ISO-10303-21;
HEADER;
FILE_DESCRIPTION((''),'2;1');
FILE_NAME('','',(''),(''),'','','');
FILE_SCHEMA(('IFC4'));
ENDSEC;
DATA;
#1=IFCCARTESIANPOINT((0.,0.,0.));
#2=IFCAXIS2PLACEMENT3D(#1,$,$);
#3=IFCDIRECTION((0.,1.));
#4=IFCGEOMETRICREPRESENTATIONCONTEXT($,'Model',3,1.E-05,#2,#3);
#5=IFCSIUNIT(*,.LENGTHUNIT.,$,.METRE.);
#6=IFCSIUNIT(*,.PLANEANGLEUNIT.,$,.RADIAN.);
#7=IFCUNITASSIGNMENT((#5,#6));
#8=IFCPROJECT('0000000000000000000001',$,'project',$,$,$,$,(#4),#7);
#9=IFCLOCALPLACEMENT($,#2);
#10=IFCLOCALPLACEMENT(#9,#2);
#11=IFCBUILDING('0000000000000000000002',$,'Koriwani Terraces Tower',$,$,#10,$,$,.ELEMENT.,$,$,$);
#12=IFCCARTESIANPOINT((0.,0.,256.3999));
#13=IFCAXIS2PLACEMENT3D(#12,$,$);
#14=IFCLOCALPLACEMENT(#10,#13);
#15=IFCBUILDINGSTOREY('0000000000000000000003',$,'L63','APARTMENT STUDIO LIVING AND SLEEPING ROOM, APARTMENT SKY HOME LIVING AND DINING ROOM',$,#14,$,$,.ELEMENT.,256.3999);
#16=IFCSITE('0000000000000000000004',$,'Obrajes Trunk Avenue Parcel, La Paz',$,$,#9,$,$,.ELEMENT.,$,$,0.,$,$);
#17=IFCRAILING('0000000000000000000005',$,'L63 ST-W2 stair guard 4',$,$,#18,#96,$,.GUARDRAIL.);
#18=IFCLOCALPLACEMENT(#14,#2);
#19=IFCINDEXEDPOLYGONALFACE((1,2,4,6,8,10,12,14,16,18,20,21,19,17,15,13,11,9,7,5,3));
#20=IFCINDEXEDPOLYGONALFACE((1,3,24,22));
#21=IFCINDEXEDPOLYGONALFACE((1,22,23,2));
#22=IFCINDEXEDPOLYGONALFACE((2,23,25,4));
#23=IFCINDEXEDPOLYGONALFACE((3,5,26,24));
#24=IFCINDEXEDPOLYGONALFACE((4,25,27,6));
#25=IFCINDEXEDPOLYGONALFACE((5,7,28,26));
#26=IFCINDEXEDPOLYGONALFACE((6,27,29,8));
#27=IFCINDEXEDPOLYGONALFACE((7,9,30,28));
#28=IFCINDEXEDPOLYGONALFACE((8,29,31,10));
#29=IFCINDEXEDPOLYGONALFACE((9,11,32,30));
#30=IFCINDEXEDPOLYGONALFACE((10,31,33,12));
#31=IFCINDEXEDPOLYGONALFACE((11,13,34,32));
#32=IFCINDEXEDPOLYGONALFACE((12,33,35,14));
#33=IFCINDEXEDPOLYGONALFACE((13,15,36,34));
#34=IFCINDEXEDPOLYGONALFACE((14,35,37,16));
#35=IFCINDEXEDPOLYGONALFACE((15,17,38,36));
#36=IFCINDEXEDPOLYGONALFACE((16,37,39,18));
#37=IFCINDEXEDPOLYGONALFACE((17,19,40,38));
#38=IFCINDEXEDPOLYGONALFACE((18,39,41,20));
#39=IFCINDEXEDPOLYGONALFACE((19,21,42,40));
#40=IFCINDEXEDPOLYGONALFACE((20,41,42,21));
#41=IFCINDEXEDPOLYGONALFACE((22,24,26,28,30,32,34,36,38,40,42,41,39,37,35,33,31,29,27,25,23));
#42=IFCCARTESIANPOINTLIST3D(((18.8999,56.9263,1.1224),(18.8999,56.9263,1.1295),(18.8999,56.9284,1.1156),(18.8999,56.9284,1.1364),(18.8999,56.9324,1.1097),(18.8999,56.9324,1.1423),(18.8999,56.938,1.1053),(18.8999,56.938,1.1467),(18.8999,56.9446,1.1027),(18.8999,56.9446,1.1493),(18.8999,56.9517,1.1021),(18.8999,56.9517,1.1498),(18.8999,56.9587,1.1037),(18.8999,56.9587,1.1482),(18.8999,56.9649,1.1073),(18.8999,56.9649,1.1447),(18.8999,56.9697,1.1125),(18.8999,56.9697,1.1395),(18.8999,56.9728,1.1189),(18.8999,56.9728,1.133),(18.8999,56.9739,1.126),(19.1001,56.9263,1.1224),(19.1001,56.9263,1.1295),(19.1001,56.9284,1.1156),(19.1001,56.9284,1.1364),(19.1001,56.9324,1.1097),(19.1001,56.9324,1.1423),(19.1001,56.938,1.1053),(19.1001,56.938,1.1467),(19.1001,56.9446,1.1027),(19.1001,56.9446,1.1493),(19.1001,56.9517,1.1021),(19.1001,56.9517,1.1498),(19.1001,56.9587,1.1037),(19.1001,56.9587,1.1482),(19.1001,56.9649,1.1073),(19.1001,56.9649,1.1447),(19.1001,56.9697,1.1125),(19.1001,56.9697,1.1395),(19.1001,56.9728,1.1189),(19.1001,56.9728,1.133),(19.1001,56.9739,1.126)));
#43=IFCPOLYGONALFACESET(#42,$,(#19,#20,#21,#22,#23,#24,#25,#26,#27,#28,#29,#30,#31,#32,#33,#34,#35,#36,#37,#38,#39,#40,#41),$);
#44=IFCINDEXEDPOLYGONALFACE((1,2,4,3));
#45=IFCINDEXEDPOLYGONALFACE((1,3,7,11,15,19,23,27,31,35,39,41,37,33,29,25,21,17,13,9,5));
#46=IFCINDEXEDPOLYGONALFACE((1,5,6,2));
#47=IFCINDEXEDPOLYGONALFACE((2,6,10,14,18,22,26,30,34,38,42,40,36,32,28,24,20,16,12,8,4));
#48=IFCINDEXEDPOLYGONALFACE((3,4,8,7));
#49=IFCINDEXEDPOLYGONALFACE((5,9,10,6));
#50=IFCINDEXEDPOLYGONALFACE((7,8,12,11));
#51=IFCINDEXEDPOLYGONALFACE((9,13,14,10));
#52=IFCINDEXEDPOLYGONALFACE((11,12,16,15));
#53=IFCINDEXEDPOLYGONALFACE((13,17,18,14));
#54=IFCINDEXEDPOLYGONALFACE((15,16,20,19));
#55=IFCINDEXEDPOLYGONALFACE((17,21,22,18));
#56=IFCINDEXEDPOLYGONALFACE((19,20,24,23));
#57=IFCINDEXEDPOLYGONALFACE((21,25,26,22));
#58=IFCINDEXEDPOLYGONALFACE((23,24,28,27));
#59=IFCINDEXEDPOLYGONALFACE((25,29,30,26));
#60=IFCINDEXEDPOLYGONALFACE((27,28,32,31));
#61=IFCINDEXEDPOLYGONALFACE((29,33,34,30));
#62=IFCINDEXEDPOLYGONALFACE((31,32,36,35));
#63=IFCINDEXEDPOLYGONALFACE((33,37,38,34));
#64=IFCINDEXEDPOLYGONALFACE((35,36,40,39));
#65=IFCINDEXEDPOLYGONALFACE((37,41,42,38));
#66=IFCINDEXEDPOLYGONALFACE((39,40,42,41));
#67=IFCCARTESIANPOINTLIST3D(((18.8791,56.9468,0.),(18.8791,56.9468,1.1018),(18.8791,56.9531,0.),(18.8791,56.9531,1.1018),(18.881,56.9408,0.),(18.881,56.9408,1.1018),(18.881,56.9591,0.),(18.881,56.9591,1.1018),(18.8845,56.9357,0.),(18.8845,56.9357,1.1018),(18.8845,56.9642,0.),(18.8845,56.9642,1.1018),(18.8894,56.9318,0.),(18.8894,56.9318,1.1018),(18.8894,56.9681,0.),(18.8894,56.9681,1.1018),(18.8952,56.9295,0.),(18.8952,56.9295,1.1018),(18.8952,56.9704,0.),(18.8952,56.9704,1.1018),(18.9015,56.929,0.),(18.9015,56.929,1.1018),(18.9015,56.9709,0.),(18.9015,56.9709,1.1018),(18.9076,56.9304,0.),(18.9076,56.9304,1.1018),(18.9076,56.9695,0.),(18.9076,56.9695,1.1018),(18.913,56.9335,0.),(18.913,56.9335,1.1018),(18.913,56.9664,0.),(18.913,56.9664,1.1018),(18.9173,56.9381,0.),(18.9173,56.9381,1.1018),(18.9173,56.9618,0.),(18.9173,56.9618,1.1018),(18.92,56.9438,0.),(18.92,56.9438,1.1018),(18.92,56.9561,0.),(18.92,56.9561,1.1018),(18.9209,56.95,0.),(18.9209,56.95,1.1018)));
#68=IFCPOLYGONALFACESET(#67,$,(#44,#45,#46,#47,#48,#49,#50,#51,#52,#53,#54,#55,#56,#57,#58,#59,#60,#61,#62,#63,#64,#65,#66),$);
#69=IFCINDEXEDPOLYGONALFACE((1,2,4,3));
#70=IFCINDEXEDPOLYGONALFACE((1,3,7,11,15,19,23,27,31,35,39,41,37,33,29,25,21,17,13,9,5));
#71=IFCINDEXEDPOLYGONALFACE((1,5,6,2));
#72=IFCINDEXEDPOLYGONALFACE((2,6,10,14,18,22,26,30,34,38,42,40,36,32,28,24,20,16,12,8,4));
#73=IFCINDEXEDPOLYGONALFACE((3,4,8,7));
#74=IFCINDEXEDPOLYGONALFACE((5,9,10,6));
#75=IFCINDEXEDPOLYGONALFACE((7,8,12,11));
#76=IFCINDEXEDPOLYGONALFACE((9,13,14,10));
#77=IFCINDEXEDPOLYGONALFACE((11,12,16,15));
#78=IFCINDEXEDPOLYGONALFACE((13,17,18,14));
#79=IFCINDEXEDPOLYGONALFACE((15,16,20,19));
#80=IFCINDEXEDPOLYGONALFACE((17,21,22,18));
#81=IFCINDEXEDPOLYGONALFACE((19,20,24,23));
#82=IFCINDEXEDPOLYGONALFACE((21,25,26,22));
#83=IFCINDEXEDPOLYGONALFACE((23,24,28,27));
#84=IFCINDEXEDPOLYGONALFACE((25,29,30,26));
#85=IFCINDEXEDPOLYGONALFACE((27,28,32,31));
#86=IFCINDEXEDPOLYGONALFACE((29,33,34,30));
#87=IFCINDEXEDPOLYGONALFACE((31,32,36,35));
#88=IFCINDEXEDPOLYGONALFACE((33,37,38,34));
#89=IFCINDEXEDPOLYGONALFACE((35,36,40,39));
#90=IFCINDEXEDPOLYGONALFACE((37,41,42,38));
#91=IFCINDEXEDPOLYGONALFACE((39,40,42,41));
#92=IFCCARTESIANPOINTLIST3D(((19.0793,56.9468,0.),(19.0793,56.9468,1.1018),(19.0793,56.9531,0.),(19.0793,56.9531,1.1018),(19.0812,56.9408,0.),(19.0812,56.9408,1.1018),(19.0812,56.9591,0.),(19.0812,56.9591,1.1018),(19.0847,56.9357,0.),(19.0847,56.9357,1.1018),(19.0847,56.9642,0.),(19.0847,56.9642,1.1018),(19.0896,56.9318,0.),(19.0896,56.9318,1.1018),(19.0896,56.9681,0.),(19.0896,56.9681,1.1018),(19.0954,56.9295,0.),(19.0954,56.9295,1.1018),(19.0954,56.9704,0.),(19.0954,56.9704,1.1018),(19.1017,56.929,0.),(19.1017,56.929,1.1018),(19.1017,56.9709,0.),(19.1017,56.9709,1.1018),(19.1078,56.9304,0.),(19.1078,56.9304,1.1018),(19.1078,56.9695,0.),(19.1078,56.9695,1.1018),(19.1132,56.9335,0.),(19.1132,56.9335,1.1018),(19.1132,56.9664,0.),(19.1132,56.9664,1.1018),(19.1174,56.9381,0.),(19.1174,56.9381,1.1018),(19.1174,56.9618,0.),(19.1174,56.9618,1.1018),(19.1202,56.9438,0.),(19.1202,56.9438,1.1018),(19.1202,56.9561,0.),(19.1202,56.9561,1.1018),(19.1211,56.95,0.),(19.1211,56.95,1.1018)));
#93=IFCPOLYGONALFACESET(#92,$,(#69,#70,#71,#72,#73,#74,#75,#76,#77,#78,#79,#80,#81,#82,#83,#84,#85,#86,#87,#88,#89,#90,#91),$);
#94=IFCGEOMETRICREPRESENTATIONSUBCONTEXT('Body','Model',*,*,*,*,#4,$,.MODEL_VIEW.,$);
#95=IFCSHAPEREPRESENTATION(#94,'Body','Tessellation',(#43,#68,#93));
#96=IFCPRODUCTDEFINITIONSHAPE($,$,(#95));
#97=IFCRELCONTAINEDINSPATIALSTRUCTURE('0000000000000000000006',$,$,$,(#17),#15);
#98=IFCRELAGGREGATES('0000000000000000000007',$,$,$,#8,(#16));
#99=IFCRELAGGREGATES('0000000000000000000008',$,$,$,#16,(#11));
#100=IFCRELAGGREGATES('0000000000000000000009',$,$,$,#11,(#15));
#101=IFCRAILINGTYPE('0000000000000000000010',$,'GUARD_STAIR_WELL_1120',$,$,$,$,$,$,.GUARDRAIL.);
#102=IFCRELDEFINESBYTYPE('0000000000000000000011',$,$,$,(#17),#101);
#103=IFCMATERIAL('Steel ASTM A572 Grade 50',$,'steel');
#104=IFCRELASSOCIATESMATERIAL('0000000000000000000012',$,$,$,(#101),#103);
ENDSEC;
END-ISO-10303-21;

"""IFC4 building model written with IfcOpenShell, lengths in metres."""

from ifc_helpers import new_model, si_unit, direction, frame, origin, origin_2d, place, context, subcontext, project, spatial, circle, extrude, material, type_object, element, save


model = new_model("IFC4")

# Units and contexts
model_context = context("Model", 3, precision=1e-05, world=origin(), true_north=direction((0.0, 1.0)))
body_context = subcontext(model_context, "Body", "Model", "MODEL_VIEW")
ifc_project = project(units=[si_unit("LENGTHUNIT", "METRE"), si_unit("PLANEANGLEUNIT", "RADIAN")], contexts=[model_context])

# Site, building, storey
site_placement = place(None, origin())
site = spatial("IfcSite", under=ifc_project, at=site_placement, Name="Obrajes Trunk Avenue Parcel, La Paz", CompositionType="ELEMENT", RefElevation=0.0)
building_placement = place(site_placement, origin())
building = spatial("IfcBuilding", under=site, at=building_placement, Name="Koriwani Terraces Tower", CompositionType="ELEMENT")
storey_placement = place(building_placement, frame((0.0, 0.0, 256.3999)))
storey = spatial("IfcBuildingStorey", under=building, at=storey_placement, Name="L63", Description="APARTMENT STUDIO LIVING AND SLEEPING ROOM, APARTMENT SKY HOME LIVING AND DINING ROOM", CompositionType="ELEMENT", Elevation=256.3999)

# Shared definitions
ifc_material_1 = material(Name="Steel ASTM A572 Grade 50", Category="steel")

# Railing
railing_type_1 = type_object("IfcRailingType", Name="GUARD_STAIR_WELL_1120", PredefinedType="GUARDRAIL", material=ifc_material_1)
railing_1_placement = place(storey_placement, frame((18.8999, 56.95, 0.0)))
element("IfcRailing", 1, at=railing_1_placement, inside=storey, type_object=railing_type_1, Name="L63 ST-W2 stair guard 4", PredefinedType="GUARDRAIL", context=body_context, shape_type="SweptSolid", body=[
    extrude(circle(Radius=0.0239, at=origin_2d()), frame((0.0, 0.0, 1.126), z_axis=(1.0, 0.0, 0.0), x_axis=(0.0, 1.0, 0.0)), (0.0, 0.0, 1.0), 0.2002),
    extrude(circle(Radius=0.021, at=origin_2d()), origin(), (0.0, 0.0, 1.0), 1.1018),
    extrude(circle(Radius=0.021, at=origin_2d()), frame((0.2002, 0.0, 0.0)), (0.0, 0.0, 1.0), 1.1018),
])

save(model, "model.ifc")
